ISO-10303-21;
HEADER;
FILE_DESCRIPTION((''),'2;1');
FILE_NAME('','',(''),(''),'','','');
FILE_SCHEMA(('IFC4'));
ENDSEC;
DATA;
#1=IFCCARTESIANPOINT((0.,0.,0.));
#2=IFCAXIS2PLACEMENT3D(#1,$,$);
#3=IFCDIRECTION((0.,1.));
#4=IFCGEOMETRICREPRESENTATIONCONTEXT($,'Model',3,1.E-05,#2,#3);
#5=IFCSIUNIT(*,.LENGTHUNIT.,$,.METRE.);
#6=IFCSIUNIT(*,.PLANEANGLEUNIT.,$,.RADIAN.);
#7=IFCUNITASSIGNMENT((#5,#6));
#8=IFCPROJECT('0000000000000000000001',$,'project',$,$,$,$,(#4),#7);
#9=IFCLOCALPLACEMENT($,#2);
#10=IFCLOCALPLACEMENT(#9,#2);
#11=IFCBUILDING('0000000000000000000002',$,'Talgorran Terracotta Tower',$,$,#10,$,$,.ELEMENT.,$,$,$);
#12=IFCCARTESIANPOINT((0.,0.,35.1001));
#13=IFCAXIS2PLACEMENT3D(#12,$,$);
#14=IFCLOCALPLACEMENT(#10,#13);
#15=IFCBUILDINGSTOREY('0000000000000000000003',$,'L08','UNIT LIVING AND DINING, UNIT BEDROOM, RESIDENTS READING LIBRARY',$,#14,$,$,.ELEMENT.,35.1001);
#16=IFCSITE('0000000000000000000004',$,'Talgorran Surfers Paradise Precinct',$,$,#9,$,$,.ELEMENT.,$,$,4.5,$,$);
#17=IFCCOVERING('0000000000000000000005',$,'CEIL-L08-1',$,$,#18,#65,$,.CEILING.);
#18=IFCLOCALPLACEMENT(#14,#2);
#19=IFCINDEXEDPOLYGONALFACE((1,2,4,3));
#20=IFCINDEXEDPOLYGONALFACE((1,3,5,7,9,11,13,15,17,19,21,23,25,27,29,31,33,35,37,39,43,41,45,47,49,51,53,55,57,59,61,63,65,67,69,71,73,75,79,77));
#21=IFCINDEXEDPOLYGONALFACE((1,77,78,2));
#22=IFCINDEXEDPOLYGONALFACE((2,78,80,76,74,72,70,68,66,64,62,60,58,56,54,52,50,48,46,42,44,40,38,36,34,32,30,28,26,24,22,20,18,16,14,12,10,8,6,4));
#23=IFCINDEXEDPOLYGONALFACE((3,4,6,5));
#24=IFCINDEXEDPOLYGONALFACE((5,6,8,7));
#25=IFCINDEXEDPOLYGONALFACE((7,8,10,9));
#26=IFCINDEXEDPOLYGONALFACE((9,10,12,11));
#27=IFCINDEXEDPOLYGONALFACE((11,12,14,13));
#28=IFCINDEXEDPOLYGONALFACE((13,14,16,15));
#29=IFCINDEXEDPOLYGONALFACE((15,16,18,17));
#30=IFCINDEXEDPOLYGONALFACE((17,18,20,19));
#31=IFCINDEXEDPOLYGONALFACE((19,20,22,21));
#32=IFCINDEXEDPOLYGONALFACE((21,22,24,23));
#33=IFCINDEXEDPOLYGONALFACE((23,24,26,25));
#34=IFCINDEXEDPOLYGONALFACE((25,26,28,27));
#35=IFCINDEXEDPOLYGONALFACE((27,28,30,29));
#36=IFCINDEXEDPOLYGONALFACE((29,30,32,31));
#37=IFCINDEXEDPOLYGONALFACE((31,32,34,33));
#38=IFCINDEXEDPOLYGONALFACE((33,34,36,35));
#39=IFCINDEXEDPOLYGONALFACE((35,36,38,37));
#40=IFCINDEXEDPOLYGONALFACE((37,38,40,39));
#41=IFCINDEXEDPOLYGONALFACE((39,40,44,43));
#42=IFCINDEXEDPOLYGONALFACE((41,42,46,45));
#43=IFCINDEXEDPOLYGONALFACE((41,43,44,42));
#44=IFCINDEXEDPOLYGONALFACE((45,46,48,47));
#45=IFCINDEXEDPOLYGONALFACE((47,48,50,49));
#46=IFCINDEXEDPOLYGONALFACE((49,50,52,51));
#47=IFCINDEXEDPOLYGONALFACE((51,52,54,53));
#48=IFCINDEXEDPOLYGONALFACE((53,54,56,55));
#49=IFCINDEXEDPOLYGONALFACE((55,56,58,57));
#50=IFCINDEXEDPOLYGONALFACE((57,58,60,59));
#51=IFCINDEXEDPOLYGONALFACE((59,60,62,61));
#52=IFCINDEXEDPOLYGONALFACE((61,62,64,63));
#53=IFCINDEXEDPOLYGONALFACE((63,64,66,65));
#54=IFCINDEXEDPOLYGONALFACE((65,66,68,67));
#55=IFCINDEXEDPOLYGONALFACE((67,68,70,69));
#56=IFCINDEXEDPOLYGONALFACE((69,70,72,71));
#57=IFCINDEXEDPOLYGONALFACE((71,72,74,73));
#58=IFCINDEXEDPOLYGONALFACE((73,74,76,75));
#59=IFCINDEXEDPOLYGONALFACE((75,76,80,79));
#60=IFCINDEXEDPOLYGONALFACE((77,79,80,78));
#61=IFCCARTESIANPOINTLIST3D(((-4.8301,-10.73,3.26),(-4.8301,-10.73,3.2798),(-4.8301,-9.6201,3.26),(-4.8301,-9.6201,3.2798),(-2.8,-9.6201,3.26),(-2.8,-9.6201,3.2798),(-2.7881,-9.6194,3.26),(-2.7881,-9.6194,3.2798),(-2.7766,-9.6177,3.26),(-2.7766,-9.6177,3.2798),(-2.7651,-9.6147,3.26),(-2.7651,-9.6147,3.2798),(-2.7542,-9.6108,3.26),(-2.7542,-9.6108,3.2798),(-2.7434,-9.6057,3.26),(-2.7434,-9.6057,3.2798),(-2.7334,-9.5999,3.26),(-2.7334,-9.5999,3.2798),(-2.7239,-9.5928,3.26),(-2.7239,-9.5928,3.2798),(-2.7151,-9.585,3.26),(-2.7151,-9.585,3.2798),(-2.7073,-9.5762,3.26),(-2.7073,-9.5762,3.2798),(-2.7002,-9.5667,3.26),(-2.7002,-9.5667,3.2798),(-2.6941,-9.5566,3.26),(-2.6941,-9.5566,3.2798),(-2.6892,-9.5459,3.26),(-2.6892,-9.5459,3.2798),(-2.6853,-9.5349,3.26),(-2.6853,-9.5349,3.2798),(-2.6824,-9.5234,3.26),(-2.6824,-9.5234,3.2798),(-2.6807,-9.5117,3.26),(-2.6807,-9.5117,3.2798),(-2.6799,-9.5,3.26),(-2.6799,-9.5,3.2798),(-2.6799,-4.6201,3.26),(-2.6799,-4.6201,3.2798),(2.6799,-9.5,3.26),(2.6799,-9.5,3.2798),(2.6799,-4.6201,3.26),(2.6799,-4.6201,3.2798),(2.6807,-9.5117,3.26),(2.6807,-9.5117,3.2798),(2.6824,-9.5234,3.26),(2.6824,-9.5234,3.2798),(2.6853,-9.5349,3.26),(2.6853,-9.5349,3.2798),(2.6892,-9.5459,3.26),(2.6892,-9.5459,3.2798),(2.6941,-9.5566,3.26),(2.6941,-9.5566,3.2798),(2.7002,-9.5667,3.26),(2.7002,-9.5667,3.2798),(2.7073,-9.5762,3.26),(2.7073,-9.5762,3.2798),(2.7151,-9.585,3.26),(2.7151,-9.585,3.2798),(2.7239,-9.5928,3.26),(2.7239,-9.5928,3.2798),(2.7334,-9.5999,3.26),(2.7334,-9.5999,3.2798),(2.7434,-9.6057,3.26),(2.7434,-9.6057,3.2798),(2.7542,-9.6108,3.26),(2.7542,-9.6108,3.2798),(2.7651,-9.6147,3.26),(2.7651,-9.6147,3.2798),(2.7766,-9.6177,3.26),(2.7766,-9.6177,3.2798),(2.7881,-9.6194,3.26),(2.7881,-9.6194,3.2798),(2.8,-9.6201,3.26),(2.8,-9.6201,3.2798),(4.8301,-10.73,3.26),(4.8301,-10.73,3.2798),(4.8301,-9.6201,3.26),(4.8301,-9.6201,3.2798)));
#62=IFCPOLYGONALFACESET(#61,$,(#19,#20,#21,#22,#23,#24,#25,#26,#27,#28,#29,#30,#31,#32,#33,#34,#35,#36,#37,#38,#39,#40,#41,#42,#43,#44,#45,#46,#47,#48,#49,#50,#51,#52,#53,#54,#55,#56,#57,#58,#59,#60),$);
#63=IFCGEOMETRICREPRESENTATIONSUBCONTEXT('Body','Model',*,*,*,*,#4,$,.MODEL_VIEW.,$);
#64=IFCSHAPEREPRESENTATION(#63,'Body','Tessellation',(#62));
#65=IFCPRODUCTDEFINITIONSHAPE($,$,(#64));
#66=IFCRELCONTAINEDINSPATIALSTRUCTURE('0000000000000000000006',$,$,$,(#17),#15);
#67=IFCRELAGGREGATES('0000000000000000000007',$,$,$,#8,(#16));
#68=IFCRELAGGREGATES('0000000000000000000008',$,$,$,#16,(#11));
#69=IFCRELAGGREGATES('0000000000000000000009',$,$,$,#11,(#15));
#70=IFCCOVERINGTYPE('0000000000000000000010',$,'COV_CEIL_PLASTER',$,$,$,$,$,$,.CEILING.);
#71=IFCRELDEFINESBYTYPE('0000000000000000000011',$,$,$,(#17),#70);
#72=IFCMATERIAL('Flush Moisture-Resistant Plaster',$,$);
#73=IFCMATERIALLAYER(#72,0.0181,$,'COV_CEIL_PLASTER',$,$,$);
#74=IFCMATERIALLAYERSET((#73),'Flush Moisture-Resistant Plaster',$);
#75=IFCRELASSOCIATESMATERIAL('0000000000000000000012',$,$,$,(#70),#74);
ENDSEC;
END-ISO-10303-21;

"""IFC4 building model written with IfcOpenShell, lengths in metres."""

from ifc_helpers import new_model, si_unit, direction, frame, origin, place, context, subcontext, project, spatial, polyline, outline, extrude, material, layer, layer_set, type_object, element, save


model = new_model("IFC4")

# Units and contexts
model_context = context("Model", 3, precision=1e-05, world=origin(), true_north=direction((0.0, 1.0)))
body_context = subcontext(model_context, "Body", "Model", "MODEL_VIEW")
ifc_project = project(units=[si_unit("LENGTHUNIT", "METRE"), si_unit("PLANEANGLEUNIT", "RADIAN")], contexts=[model_context])

# Site, building, storey
site_placement = place(None, origin())
site = spatial("IfcSite", under=ifc_project, at=site_placement, Name="Talgorran Surfers Paradise Precinct", CompositionType="ELEMENT", RefElevation=4.5)
building_placement = place(site_placement, origin())
building = spatial("IfcBuilding", under=site, at=building_placement, Name="Talgorran Terracotta Tower", CompositionType="ELEMENT")
storey_placement = place(building_placement, frame((0.0, 0.0, 35.1001)))
storey = spatial("IfcBuildingStorey", under=building, at=storey_placement, Name="L08", Description="UNIT LIVING AND DINING, UNIT BEDROOM, RESIDENTS READING LIBRARY", CompositionType="ELEMENT", Elevation=35.1001)

# Covering
ifc_material_1 = material(Name="Flush Moisture-Resistant Plaster")
ifc_layer_1 = layer(ifc_material_1, 0.0181, Name="COV_CEIL_PLASTER")
ifc_layer_set_1 = layer_set([ifc_layer_1], Name="Flush Moisture-Resistant Plaster")
covering_type_1 = type_object("IfcCoveringType", Name="COV_CEIL_PLASTER", PredefinedType="CEILING", material=ifc_layer_set_1)
covering_1_placement = place(storey_placement, frame((0.0, 0.0, 3.26)))
element("IfcCovering", 1, at=covering_1_placement, inside=storey, type_object=covering_type_1, Name="CEIL-L08-1", PredefinedType="CEILING", context=body_context, shape_type="SweptSolid", body=[
    extrude(outline(polyline([(-4.8301, -9.6201), (-2.8, -9.6201), (-2.7881, -9.6194), (-2.7766, -9.6177), (-2.7651, -9.6147), (-2.7542, -9.6108), (-2.7434, -9.6057), (-2.7334, -9.5999), (-2.7239, -9.5928), (-2.7151, -9.585), (-2.7073, -9.5762), (-2.7002, -9.5667), (-2.6941, -9.5566), (-2.6892, -9.5459), (-2.6853, -9.5349), (-2.6824, -9.5234), (-2.6807, -9.5117), (-2.6799, -9.5), (-2.6799, -4.6201), (2.6799, -4.6201), (2.6799, -9.5), (2.6807, -9.5117), (2.6824, -9.5234), (2.6853, -9.5349), (2.6892, -9.5459), (2.6941, -9.5566), (2.7002, -9.5667), (2.7073, -9.5762), (2.7151, -9.585), (2.7239, -9.5928), (2.7334, -9.5999), (2.7434, -9.6057), (2.7542, -9.6108), (2.7651, -9.6147), (2.7766, -9.6177), (2.7881, -9.6194), (2.8, -9.6201), (4.8301, -9.6201), (4.8301, -10.73), (-4.8301, -10.73), (-4.8301, -9.6201)])), origin(), (0.0, 0.0, 1.0), 0.0198),
])

save(model, "model.ifc")
